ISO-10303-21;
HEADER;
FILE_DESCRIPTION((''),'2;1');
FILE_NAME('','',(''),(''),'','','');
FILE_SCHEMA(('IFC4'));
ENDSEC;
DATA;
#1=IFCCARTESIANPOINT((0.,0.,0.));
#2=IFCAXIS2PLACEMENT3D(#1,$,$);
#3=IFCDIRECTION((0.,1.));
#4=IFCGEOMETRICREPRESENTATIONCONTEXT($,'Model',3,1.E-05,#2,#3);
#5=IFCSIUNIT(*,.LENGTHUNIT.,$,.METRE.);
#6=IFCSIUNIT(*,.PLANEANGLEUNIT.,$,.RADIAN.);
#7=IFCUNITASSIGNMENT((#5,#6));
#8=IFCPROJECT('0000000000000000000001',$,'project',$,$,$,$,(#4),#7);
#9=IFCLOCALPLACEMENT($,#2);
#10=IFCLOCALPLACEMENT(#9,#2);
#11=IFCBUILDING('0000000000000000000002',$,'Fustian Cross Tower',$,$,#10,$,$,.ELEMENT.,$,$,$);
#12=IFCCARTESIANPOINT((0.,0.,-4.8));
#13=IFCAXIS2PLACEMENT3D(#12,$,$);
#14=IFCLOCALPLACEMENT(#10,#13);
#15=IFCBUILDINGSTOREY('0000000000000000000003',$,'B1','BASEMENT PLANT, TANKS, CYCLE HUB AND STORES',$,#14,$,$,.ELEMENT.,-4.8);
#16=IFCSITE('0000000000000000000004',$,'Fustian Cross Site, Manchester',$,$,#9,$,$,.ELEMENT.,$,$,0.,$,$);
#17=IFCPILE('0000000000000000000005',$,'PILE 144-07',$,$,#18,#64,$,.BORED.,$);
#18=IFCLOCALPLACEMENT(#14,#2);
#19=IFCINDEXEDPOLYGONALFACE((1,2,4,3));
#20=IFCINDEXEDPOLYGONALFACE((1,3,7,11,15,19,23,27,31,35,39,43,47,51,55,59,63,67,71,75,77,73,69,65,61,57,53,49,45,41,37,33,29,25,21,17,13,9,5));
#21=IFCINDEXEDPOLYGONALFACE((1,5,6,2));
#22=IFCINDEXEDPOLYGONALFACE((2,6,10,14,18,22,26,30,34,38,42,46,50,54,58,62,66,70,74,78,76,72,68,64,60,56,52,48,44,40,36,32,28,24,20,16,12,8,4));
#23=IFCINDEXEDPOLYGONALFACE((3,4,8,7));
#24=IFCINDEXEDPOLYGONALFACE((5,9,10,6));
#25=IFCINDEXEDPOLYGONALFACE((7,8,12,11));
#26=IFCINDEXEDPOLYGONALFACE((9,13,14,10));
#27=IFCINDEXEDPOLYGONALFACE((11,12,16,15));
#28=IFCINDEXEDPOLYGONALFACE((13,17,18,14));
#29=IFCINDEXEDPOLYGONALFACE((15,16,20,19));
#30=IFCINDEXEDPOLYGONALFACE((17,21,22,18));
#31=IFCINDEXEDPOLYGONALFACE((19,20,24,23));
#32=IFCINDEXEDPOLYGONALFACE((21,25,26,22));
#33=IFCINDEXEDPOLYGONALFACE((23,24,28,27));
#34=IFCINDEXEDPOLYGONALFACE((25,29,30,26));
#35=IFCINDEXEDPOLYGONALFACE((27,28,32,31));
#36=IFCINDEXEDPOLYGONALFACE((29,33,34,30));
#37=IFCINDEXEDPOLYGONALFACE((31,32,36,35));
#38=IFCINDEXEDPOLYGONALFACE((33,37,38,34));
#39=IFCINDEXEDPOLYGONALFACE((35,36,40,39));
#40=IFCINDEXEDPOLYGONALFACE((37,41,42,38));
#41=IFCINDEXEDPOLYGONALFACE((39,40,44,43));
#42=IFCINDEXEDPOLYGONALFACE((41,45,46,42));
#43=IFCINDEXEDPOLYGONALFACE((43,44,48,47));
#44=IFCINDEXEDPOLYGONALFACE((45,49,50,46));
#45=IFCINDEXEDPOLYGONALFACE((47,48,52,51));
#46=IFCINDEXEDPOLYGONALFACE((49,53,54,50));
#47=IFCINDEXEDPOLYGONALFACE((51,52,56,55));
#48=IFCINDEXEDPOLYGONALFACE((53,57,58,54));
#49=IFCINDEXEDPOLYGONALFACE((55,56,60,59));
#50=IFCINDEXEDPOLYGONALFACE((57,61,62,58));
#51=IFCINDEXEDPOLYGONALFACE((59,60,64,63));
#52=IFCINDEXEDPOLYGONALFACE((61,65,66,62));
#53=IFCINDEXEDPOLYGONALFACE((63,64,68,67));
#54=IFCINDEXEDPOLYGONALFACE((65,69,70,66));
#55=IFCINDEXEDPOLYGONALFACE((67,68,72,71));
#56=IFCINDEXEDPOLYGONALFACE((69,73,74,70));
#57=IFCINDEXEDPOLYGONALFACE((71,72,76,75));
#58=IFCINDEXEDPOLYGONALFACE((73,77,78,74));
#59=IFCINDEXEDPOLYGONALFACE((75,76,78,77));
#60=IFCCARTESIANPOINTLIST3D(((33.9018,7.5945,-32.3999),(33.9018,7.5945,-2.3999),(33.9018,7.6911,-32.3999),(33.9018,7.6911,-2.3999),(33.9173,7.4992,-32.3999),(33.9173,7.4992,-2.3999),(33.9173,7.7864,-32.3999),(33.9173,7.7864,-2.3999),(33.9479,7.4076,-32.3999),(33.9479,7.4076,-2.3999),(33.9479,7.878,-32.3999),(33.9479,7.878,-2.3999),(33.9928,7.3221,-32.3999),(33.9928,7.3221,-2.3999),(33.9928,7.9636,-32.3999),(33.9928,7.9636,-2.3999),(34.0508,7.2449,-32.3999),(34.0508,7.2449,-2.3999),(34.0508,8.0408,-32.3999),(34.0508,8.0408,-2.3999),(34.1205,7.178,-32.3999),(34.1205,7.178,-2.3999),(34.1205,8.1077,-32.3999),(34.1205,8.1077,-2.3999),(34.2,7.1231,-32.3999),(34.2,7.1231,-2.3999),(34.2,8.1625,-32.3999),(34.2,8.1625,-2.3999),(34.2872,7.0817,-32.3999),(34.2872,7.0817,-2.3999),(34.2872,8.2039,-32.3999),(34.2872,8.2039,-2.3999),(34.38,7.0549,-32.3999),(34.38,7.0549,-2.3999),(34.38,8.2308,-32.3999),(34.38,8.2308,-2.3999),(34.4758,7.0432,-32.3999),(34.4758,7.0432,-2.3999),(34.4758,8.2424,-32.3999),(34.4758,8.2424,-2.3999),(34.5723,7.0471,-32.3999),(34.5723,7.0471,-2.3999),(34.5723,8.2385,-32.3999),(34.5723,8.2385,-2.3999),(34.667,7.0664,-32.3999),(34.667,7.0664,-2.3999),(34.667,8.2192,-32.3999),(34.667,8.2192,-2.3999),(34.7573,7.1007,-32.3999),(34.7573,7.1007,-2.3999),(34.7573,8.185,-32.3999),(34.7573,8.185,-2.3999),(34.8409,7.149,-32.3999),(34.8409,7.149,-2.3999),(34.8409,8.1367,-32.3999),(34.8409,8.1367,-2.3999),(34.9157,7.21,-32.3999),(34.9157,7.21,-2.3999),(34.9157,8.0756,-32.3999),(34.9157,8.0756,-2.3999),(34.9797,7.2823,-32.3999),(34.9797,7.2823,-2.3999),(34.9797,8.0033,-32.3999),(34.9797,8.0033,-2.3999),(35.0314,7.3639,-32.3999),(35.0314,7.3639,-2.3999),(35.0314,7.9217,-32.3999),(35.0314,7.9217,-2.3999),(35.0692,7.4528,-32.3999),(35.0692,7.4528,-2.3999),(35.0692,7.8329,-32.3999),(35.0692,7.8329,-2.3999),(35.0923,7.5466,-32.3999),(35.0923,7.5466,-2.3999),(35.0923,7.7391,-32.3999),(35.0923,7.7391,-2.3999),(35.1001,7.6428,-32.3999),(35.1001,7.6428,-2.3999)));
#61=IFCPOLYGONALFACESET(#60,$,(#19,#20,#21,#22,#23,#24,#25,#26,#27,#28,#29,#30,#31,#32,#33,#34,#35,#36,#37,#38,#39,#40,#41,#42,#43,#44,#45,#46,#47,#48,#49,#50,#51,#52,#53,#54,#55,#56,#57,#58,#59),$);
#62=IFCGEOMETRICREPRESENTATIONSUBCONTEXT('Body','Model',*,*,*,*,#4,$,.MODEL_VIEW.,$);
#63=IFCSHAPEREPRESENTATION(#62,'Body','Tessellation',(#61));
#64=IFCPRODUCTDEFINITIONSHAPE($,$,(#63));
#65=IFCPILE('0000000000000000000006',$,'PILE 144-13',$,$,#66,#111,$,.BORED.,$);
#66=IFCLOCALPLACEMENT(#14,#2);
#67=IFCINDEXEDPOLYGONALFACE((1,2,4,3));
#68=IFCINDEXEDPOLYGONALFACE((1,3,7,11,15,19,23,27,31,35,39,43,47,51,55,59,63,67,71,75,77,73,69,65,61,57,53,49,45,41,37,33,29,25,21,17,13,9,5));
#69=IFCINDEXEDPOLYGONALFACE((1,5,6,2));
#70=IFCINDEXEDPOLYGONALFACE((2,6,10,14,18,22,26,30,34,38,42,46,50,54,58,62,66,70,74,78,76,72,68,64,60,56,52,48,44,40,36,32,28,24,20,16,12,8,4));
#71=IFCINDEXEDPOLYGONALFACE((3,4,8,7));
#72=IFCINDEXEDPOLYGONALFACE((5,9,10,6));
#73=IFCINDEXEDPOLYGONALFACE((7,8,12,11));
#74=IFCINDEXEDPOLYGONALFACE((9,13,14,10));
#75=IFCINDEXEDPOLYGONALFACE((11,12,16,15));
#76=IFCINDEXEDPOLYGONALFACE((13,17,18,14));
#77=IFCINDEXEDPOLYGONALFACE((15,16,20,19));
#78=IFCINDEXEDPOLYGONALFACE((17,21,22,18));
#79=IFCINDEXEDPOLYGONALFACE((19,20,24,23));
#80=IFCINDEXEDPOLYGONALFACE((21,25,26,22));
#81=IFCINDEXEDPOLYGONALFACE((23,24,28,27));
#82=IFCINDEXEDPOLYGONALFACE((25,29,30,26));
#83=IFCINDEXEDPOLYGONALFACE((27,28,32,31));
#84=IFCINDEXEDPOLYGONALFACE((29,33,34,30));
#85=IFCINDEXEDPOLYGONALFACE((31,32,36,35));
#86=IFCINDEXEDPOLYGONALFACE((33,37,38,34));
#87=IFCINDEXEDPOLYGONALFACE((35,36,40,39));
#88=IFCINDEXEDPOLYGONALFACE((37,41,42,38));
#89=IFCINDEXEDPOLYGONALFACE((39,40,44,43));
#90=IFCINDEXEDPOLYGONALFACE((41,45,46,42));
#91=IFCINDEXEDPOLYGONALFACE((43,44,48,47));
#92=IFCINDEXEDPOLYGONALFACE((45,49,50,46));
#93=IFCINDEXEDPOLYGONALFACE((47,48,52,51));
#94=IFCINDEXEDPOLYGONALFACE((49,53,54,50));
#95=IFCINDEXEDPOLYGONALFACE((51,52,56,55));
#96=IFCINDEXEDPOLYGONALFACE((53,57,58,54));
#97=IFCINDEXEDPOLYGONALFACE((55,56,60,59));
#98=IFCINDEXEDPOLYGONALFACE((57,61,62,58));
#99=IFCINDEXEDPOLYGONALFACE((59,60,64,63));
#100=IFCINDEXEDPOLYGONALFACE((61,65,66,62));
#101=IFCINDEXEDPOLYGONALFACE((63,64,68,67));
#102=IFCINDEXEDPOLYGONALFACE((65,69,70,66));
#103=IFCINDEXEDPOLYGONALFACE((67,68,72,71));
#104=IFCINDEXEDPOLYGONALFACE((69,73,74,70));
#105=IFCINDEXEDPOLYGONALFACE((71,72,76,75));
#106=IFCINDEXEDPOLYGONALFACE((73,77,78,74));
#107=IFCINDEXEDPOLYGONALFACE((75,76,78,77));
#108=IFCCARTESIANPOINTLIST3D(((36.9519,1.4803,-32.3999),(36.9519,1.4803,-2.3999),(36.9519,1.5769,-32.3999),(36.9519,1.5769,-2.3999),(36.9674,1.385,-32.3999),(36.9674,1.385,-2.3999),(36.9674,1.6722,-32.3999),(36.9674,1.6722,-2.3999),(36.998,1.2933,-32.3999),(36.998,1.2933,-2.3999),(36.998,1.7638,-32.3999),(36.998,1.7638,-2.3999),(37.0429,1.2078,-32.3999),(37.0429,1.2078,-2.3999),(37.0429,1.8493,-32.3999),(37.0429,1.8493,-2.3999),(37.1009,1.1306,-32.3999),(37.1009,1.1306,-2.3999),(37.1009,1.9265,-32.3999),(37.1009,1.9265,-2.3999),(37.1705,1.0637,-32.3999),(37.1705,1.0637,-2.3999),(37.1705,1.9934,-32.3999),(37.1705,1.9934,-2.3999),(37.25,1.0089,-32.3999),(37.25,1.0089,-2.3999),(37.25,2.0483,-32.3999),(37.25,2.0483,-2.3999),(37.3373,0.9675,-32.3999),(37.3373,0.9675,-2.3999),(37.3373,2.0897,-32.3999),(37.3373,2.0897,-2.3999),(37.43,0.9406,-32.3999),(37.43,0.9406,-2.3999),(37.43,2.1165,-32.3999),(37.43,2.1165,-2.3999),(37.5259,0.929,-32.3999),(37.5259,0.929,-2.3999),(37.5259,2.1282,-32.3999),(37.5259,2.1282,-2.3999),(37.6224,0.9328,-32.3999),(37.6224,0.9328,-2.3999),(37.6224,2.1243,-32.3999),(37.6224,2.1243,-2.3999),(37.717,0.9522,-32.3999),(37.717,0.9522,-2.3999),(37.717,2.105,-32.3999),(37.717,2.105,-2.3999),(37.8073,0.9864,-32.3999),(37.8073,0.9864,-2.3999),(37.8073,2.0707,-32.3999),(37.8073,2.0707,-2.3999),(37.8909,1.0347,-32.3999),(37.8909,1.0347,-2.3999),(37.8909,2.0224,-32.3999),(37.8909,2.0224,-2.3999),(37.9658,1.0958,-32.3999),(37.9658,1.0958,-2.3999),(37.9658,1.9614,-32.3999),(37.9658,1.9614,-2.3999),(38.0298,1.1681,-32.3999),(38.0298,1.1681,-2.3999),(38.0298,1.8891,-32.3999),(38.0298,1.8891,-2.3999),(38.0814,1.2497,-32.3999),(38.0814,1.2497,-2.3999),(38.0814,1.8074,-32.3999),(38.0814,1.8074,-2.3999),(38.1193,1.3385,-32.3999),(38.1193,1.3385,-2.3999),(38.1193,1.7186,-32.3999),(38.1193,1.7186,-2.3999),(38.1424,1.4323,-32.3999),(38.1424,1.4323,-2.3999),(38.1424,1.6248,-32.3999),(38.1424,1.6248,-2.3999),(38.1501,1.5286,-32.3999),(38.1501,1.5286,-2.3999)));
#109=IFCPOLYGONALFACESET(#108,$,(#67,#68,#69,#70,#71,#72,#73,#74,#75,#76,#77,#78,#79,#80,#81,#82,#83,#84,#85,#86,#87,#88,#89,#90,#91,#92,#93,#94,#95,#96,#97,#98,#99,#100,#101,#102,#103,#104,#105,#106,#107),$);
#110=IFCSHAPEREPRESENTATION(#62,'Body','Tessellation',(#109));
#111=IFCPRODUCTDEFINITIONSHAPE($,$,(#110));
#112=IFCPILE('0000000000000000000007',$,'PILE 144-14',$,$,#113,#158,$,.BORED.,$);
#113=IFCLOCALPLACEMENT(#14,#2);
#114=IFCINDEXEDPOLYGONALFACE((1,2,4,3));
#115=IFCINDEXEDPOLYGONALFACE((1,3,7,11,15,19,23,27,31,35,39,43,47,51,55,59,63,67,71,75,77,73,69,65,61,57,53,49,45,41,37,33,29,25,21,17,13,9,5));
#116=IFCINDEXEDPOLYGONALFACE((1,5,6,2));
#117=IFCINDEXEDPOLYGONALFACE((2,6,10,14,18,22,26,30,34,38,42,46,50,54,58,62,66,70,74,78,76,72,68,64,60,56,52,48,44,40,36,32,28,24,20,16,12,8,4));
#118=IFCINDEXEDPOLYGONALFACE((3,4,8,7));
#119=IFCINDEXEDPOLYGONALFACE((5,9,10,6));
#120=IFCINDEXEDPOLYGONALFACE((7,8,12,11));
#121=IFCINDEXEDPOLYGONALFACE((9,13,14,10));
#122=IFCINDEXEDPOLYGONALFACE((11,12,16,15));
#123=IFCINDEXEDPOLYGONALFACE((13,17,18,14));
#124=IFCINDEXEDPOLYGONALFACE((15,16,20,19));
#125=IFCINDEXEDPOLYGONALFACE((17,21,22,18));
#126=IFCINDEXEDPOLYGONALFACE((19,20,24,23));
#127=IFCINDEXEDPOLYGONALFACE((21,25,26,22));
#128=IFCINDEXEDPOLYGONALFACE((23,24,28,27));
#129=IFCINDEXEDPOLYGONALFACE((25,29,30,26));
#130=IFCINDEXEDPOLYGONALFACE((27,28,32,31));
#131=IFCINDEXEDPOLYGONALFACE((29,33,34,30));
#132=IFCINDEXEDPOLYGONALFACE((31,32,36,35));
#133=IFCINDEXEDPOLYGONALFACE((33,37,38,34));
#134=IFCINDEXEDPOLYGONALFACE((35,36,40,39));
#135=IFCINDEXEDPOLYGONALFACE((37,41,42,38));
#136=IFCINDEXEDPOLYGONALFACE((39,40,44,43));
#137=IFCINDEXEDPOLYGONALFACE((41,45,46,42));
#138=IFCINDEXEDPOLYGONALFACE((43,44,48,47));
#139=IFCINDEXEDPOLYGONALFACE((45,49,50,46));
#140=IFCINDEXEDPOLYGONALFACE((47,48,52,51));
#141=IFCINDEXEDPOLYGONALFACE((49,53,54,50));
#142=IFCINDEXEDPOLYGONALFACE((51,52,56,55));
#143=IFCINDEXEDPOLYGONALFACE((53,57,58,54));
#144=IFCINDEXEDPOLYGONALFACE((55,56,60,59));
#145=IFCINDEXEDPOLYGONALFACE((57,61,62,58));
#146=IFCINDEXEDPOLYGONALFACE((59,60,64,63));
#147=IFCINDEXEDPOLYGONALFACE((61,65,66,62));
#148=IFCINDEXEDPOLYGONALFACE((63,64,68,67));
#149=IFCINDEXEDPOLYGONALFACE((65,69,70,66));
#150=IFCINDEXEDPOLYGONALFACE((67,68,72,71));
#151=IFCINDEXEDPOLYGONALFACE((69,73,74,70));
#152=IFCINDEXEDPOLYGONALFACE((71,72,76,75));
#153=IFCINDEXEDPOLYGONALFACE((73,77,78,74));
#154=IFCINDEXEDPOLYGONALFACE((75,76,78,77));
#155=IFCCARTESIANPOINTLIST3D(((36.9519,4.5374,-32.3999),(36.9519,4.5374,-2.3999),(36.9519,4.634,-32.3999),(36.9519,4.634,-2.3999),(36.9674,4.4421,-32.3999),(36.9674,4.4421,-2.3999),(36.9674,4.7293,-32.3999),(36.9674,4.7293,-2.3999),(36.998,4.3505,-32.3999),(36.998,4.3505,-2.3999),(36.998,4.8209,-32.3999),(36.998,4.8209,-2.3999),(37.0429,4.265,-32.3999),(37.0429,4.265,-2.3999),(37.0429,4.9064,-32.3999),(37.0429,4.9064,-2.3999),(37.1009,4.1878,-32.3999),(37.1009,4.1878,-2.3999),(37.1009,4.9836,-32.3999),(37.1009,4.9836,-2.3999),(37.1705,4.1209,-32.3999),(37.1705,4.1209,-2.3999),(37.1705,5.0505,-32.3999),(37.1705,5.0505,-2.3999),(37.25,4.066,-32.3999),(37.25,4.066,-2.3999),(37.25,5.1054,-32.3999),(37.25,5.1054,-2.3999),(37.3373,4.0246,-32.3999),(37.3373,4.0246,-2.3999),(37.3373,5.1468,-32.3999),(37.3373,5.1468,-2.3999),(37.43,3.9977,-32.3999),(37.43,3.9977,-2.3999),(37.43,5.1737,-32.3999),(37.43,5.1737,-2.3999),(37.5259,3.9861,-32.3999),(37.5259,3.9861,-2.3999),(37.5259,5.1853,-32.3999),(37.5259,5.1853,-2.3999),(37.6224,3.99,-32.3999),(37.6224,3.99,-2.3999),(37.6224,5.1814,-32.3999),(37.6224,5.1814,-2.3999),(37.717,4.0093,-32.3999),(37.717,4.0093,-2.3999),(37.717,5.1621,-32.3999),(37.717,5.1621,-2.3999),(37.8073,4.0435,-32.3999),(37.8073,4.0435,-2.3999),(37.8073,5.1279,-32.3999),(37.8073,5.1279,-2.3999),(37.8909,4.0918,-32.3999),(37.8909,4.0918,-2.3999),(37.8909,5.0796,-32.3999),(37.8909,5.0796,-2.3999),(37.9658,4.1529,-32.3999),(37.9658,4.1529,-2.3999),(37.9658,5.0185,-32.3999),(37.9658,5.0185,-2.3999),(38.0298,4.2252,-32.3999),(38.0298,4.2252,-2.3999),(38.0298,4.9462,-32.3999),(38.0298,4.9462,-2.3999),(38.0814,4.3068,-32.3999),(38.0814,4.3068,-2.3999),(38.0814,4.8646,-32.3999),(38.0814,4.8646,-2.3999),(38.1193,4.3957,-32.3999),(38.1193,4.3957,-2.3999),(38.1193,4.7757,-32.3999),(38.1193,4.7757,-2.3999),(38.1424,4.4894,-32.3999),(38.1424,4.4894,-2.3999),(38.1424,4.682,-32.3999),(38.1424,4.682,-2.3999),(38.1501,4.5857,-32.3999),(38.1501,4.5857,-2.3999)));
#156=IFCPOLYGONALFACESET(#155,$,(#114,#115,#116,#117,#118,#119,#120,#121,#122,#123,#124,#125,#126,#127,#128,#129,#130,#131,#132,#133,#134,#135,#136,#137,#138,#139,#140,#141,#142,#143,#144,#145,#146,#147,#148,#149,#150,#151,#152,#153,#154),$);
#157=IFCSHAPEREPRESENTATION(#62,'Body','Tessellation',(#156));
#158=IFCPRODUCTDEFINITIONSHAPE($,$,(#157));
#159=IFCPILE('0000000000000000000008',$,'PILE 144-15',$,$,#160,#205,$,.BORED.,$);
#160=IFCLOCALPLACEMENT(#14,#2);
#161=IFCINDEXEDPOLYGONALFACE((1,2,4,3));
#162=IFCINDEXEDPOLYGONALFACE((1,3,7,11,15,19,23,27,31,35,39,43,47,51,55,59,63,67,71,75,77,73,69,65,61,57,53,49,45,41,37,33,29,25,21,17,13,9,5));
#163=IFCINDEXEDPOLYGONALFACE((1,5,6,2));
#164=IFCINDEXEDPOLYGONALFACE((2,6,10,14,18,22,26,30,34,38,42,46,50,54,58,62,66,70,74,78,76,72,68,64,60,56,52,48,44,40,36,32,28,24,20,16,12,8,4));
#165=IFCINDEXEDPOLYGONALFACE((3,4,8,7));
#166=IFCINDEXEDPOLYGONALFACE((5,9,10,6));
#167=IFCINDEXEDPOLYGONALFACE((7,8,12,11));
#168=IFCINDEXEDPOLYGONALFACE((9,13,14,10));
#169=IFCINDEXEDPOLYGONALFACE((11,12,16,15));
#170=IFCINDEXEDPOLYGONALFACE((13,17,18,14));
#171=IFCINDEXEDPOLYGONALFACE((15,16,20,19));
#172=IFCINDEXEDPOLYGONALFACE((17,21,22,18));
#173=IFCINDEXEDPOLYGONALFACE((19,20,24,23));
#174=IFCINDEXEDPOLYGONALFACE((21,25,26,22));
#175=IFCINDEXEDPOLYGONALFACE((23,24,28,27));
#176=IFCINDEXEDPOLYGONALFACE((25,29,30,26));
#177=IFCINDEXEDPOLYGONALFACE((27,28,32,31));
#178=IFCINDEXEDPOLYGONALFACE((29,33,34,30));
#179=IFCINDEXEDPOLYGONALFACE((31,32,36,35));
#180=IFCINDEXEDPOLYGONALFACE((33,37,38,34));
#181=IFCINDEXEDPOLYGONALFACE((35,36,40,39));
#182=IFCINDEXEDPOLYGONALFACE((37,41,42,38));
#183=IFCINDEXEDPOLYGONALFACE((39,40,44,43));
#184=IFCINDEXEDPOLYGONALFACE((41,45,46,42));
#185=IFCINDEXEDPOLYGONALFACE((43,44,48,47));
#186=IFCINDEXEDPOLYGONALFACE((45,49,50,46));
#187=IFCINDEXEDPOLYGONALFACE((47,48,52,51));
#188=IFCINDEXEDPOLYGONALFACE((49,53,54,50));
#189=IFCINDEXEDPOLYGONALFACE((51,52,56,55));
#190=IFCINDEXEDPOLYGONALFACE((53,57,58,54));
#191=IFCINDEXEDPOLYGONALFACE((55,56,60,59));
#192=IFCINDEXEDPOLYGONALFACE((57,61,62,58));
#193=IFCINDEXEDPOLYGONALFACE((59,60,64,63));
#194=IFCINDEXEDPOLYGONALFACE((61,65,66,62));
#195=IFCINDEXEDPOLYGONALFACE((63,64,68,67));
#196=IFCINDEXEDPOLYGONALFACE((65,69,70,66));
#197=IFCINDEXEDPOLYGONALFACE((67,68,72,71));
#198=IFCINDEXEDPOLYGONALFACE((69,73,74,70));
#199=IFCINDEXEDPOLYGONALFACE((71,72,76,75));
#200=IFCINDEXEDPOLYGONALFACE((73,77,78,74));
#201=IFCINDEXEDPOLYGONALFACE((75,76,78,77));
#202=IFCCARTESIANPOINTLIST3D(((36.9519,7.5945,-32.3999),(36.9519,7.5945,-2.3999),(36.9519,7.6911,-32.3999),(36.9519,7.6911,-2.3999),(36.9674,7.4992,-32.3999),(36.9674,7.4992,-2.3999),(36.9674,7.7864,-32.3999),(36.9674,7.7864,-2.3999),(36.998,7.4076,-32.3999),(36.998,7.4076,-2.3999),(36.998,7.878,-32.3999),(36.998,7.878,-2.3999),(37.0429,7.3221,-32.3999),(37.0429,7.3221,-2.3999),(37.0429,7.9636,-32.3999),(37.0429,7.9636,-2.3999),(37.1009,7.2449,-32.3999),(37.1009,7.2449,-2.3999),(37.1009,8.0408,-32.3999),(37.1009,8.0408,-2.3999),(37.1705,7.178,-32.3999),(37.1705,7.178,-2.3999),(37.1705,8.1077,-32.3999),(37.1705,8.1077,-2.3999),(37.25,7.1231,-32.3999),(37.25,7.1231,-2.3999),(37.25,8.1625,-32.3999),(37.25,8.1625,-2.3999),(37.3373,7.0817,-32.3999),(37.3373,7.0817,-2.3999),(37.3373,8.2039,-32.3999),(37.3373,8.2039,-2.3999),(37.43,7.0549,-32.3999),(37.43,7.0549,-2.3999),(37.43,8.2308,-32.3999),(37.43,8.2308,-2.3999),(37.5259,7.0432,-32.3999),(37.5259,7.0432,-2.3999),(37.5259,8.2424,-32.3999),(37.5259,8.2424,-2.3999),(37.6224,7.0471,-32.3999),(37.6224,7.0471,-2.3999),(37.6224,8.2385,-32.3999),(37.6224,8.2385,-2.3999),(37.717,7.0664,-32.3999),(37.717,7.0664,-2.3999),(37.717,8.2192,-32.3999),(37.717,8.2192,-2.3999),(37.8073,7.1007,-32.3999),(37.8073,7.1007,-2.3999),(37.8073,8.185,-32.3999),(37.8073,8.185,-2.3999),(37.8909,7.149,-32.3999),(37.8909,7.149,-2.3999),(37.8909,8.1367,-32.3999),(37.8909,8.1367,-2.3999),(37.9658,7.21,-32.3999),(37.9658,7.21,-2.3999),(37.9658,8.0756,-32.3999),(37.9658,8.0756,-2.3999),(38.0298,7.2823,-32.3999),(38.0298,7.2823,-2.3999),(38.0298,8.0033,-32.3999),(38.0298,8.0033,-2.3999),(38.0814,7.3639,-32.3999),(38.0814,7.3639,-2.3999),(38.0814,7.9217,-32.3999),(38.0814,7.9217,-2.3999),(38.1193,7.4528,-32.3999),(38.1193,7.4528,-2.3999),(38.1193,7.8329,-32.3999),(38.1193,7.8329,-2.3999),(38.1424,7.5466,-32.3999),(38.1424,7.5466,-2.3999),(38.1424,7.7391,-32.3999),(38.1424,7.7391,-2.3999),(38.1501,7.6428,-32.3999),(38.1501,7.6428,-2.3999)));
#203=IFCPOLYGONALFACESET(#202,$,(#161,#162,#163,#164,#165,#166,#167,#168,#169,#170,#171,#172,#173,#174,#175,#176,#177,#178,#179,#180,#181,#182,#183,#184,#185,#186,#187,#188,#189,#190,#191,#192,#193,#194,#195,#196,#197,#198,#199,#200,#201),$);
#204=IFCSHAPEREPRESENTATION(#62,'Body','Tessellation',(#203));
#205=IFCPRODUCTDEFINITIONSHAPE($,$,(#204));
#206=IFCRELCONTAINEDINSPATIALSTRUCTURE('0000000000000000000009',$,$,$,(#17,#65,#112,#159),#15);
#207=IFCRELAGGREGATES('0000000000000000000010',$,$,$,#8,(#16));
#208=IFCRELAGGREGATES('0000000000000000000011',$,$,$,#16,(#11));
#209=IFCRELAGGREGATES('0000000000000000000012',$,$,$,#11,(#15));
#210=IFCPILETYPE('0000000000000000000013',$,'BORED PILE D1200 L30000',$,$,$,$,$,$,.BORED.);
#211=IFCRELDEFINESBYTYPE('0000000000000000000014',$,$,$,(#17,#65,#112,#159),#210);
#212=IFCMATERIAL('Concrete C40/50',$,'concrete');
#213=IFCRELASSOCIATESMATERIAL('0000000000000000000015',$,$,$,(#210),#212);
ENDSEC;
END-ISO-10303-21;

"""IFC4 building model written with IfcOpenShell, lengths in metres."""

from ifc_helpers import new_model, si_unit, direction, frame, origin, origin_2d, place, context, subcontext, project, spatial, circle, extrude, material, material_profile, profile_set, type_object, element, save


model = new_model("IFC4")

# Units and contexts
model_context = context("Model", 3, precision=1e-05, world=origin(), true_north=direction((0.0, 1.0)))
body_context = subcontext(model_context, "Body", "Model", "MODEL_VIEW")
ifc_project = project(units=[si_unit("LENGTHUNIT", "METRE"), si_unit("PLANEANGLEUNIT", "RADIAN")], contexts=[model_context])

# Site, building, storey
site_placement = place(None, origin())
site = spatial("IfcSite", under=ifc_project, at=site_placement, Name="Fustian Cross Site, Manchester", CompositionType="ELEMENT", RefElevation=0.0)
building_placement = place(site_placement, origin())
building = spatial("IfcBuilding", under=site, at=building_placement, Name="Fustian Cross Tower", CompositionType="ELEMENT")
storey_placement = place(building_placement, frame((0.0, 0.0, -4.8)))
storey = spatial("IfcBuildingStorey", under=building, at=storey_placement, Name="B1", Description="BASEMENT PLANT, TANKS, CYCLE HUB AND STORES", CompositionType="ELEMENT", Elevation=-4.8)

# Piles
ifc_material_1 = material(Name="Concrete C40/50", Category="concrete")
ifc_material_profile_1 = material_profile(ifc_material_1, circle(Radius=0.6001, at=origin_2d()), Name="BORED PILE D1200 L30000")
ifc_profile_set_1 = profile_set([ifc_material_profile_1], Name="Concrete C40/50")
pile_type_1 = type_object("IfcPileType", Name="BORED PILE D1200 L30000", PredefinedType="BORED", material=ifc_profile_set_1)
for number, where, z_axis, x_axis, name in (
    (1, (34.5, 7.6428, -2.3999), (0.0, 0.0, -1.0), (1.0, 0.0, 0.0), "PILE 144-07"),
    (2, (37.55, 1.5286, -2.3999), (0.0, 0.0, -1.0), (1.0, 0.0, 0.0), "PILE 144-13"),
    (3, (37.55, 4.5857, -2.3999), (0.0, 0.0, -1.0), (1.0, 0.0, 0.0), "PILE 144-14"),
    (4, (37.55, 7.6428, -2.3999), (0.0, 0.0, -1.0), (1.0, 0.0, 0.0), "PILE 144-15"),
):
    element("IfcPile", number, at=place(storey_placement, frame(where, z_axis=z_axis, x_axis=x_axis)), inside=storey, type_object=pile_type_1, Name=name, PredefinedType="BORED", context=body_context, shape_type="SweptSolid", body=[
        extrude(circle(Radius=0.6001, at=origin_2d()), origin(), (0.0, 0.0, 1.0), 30.0),
    ])

save(model, "model.ifc")
